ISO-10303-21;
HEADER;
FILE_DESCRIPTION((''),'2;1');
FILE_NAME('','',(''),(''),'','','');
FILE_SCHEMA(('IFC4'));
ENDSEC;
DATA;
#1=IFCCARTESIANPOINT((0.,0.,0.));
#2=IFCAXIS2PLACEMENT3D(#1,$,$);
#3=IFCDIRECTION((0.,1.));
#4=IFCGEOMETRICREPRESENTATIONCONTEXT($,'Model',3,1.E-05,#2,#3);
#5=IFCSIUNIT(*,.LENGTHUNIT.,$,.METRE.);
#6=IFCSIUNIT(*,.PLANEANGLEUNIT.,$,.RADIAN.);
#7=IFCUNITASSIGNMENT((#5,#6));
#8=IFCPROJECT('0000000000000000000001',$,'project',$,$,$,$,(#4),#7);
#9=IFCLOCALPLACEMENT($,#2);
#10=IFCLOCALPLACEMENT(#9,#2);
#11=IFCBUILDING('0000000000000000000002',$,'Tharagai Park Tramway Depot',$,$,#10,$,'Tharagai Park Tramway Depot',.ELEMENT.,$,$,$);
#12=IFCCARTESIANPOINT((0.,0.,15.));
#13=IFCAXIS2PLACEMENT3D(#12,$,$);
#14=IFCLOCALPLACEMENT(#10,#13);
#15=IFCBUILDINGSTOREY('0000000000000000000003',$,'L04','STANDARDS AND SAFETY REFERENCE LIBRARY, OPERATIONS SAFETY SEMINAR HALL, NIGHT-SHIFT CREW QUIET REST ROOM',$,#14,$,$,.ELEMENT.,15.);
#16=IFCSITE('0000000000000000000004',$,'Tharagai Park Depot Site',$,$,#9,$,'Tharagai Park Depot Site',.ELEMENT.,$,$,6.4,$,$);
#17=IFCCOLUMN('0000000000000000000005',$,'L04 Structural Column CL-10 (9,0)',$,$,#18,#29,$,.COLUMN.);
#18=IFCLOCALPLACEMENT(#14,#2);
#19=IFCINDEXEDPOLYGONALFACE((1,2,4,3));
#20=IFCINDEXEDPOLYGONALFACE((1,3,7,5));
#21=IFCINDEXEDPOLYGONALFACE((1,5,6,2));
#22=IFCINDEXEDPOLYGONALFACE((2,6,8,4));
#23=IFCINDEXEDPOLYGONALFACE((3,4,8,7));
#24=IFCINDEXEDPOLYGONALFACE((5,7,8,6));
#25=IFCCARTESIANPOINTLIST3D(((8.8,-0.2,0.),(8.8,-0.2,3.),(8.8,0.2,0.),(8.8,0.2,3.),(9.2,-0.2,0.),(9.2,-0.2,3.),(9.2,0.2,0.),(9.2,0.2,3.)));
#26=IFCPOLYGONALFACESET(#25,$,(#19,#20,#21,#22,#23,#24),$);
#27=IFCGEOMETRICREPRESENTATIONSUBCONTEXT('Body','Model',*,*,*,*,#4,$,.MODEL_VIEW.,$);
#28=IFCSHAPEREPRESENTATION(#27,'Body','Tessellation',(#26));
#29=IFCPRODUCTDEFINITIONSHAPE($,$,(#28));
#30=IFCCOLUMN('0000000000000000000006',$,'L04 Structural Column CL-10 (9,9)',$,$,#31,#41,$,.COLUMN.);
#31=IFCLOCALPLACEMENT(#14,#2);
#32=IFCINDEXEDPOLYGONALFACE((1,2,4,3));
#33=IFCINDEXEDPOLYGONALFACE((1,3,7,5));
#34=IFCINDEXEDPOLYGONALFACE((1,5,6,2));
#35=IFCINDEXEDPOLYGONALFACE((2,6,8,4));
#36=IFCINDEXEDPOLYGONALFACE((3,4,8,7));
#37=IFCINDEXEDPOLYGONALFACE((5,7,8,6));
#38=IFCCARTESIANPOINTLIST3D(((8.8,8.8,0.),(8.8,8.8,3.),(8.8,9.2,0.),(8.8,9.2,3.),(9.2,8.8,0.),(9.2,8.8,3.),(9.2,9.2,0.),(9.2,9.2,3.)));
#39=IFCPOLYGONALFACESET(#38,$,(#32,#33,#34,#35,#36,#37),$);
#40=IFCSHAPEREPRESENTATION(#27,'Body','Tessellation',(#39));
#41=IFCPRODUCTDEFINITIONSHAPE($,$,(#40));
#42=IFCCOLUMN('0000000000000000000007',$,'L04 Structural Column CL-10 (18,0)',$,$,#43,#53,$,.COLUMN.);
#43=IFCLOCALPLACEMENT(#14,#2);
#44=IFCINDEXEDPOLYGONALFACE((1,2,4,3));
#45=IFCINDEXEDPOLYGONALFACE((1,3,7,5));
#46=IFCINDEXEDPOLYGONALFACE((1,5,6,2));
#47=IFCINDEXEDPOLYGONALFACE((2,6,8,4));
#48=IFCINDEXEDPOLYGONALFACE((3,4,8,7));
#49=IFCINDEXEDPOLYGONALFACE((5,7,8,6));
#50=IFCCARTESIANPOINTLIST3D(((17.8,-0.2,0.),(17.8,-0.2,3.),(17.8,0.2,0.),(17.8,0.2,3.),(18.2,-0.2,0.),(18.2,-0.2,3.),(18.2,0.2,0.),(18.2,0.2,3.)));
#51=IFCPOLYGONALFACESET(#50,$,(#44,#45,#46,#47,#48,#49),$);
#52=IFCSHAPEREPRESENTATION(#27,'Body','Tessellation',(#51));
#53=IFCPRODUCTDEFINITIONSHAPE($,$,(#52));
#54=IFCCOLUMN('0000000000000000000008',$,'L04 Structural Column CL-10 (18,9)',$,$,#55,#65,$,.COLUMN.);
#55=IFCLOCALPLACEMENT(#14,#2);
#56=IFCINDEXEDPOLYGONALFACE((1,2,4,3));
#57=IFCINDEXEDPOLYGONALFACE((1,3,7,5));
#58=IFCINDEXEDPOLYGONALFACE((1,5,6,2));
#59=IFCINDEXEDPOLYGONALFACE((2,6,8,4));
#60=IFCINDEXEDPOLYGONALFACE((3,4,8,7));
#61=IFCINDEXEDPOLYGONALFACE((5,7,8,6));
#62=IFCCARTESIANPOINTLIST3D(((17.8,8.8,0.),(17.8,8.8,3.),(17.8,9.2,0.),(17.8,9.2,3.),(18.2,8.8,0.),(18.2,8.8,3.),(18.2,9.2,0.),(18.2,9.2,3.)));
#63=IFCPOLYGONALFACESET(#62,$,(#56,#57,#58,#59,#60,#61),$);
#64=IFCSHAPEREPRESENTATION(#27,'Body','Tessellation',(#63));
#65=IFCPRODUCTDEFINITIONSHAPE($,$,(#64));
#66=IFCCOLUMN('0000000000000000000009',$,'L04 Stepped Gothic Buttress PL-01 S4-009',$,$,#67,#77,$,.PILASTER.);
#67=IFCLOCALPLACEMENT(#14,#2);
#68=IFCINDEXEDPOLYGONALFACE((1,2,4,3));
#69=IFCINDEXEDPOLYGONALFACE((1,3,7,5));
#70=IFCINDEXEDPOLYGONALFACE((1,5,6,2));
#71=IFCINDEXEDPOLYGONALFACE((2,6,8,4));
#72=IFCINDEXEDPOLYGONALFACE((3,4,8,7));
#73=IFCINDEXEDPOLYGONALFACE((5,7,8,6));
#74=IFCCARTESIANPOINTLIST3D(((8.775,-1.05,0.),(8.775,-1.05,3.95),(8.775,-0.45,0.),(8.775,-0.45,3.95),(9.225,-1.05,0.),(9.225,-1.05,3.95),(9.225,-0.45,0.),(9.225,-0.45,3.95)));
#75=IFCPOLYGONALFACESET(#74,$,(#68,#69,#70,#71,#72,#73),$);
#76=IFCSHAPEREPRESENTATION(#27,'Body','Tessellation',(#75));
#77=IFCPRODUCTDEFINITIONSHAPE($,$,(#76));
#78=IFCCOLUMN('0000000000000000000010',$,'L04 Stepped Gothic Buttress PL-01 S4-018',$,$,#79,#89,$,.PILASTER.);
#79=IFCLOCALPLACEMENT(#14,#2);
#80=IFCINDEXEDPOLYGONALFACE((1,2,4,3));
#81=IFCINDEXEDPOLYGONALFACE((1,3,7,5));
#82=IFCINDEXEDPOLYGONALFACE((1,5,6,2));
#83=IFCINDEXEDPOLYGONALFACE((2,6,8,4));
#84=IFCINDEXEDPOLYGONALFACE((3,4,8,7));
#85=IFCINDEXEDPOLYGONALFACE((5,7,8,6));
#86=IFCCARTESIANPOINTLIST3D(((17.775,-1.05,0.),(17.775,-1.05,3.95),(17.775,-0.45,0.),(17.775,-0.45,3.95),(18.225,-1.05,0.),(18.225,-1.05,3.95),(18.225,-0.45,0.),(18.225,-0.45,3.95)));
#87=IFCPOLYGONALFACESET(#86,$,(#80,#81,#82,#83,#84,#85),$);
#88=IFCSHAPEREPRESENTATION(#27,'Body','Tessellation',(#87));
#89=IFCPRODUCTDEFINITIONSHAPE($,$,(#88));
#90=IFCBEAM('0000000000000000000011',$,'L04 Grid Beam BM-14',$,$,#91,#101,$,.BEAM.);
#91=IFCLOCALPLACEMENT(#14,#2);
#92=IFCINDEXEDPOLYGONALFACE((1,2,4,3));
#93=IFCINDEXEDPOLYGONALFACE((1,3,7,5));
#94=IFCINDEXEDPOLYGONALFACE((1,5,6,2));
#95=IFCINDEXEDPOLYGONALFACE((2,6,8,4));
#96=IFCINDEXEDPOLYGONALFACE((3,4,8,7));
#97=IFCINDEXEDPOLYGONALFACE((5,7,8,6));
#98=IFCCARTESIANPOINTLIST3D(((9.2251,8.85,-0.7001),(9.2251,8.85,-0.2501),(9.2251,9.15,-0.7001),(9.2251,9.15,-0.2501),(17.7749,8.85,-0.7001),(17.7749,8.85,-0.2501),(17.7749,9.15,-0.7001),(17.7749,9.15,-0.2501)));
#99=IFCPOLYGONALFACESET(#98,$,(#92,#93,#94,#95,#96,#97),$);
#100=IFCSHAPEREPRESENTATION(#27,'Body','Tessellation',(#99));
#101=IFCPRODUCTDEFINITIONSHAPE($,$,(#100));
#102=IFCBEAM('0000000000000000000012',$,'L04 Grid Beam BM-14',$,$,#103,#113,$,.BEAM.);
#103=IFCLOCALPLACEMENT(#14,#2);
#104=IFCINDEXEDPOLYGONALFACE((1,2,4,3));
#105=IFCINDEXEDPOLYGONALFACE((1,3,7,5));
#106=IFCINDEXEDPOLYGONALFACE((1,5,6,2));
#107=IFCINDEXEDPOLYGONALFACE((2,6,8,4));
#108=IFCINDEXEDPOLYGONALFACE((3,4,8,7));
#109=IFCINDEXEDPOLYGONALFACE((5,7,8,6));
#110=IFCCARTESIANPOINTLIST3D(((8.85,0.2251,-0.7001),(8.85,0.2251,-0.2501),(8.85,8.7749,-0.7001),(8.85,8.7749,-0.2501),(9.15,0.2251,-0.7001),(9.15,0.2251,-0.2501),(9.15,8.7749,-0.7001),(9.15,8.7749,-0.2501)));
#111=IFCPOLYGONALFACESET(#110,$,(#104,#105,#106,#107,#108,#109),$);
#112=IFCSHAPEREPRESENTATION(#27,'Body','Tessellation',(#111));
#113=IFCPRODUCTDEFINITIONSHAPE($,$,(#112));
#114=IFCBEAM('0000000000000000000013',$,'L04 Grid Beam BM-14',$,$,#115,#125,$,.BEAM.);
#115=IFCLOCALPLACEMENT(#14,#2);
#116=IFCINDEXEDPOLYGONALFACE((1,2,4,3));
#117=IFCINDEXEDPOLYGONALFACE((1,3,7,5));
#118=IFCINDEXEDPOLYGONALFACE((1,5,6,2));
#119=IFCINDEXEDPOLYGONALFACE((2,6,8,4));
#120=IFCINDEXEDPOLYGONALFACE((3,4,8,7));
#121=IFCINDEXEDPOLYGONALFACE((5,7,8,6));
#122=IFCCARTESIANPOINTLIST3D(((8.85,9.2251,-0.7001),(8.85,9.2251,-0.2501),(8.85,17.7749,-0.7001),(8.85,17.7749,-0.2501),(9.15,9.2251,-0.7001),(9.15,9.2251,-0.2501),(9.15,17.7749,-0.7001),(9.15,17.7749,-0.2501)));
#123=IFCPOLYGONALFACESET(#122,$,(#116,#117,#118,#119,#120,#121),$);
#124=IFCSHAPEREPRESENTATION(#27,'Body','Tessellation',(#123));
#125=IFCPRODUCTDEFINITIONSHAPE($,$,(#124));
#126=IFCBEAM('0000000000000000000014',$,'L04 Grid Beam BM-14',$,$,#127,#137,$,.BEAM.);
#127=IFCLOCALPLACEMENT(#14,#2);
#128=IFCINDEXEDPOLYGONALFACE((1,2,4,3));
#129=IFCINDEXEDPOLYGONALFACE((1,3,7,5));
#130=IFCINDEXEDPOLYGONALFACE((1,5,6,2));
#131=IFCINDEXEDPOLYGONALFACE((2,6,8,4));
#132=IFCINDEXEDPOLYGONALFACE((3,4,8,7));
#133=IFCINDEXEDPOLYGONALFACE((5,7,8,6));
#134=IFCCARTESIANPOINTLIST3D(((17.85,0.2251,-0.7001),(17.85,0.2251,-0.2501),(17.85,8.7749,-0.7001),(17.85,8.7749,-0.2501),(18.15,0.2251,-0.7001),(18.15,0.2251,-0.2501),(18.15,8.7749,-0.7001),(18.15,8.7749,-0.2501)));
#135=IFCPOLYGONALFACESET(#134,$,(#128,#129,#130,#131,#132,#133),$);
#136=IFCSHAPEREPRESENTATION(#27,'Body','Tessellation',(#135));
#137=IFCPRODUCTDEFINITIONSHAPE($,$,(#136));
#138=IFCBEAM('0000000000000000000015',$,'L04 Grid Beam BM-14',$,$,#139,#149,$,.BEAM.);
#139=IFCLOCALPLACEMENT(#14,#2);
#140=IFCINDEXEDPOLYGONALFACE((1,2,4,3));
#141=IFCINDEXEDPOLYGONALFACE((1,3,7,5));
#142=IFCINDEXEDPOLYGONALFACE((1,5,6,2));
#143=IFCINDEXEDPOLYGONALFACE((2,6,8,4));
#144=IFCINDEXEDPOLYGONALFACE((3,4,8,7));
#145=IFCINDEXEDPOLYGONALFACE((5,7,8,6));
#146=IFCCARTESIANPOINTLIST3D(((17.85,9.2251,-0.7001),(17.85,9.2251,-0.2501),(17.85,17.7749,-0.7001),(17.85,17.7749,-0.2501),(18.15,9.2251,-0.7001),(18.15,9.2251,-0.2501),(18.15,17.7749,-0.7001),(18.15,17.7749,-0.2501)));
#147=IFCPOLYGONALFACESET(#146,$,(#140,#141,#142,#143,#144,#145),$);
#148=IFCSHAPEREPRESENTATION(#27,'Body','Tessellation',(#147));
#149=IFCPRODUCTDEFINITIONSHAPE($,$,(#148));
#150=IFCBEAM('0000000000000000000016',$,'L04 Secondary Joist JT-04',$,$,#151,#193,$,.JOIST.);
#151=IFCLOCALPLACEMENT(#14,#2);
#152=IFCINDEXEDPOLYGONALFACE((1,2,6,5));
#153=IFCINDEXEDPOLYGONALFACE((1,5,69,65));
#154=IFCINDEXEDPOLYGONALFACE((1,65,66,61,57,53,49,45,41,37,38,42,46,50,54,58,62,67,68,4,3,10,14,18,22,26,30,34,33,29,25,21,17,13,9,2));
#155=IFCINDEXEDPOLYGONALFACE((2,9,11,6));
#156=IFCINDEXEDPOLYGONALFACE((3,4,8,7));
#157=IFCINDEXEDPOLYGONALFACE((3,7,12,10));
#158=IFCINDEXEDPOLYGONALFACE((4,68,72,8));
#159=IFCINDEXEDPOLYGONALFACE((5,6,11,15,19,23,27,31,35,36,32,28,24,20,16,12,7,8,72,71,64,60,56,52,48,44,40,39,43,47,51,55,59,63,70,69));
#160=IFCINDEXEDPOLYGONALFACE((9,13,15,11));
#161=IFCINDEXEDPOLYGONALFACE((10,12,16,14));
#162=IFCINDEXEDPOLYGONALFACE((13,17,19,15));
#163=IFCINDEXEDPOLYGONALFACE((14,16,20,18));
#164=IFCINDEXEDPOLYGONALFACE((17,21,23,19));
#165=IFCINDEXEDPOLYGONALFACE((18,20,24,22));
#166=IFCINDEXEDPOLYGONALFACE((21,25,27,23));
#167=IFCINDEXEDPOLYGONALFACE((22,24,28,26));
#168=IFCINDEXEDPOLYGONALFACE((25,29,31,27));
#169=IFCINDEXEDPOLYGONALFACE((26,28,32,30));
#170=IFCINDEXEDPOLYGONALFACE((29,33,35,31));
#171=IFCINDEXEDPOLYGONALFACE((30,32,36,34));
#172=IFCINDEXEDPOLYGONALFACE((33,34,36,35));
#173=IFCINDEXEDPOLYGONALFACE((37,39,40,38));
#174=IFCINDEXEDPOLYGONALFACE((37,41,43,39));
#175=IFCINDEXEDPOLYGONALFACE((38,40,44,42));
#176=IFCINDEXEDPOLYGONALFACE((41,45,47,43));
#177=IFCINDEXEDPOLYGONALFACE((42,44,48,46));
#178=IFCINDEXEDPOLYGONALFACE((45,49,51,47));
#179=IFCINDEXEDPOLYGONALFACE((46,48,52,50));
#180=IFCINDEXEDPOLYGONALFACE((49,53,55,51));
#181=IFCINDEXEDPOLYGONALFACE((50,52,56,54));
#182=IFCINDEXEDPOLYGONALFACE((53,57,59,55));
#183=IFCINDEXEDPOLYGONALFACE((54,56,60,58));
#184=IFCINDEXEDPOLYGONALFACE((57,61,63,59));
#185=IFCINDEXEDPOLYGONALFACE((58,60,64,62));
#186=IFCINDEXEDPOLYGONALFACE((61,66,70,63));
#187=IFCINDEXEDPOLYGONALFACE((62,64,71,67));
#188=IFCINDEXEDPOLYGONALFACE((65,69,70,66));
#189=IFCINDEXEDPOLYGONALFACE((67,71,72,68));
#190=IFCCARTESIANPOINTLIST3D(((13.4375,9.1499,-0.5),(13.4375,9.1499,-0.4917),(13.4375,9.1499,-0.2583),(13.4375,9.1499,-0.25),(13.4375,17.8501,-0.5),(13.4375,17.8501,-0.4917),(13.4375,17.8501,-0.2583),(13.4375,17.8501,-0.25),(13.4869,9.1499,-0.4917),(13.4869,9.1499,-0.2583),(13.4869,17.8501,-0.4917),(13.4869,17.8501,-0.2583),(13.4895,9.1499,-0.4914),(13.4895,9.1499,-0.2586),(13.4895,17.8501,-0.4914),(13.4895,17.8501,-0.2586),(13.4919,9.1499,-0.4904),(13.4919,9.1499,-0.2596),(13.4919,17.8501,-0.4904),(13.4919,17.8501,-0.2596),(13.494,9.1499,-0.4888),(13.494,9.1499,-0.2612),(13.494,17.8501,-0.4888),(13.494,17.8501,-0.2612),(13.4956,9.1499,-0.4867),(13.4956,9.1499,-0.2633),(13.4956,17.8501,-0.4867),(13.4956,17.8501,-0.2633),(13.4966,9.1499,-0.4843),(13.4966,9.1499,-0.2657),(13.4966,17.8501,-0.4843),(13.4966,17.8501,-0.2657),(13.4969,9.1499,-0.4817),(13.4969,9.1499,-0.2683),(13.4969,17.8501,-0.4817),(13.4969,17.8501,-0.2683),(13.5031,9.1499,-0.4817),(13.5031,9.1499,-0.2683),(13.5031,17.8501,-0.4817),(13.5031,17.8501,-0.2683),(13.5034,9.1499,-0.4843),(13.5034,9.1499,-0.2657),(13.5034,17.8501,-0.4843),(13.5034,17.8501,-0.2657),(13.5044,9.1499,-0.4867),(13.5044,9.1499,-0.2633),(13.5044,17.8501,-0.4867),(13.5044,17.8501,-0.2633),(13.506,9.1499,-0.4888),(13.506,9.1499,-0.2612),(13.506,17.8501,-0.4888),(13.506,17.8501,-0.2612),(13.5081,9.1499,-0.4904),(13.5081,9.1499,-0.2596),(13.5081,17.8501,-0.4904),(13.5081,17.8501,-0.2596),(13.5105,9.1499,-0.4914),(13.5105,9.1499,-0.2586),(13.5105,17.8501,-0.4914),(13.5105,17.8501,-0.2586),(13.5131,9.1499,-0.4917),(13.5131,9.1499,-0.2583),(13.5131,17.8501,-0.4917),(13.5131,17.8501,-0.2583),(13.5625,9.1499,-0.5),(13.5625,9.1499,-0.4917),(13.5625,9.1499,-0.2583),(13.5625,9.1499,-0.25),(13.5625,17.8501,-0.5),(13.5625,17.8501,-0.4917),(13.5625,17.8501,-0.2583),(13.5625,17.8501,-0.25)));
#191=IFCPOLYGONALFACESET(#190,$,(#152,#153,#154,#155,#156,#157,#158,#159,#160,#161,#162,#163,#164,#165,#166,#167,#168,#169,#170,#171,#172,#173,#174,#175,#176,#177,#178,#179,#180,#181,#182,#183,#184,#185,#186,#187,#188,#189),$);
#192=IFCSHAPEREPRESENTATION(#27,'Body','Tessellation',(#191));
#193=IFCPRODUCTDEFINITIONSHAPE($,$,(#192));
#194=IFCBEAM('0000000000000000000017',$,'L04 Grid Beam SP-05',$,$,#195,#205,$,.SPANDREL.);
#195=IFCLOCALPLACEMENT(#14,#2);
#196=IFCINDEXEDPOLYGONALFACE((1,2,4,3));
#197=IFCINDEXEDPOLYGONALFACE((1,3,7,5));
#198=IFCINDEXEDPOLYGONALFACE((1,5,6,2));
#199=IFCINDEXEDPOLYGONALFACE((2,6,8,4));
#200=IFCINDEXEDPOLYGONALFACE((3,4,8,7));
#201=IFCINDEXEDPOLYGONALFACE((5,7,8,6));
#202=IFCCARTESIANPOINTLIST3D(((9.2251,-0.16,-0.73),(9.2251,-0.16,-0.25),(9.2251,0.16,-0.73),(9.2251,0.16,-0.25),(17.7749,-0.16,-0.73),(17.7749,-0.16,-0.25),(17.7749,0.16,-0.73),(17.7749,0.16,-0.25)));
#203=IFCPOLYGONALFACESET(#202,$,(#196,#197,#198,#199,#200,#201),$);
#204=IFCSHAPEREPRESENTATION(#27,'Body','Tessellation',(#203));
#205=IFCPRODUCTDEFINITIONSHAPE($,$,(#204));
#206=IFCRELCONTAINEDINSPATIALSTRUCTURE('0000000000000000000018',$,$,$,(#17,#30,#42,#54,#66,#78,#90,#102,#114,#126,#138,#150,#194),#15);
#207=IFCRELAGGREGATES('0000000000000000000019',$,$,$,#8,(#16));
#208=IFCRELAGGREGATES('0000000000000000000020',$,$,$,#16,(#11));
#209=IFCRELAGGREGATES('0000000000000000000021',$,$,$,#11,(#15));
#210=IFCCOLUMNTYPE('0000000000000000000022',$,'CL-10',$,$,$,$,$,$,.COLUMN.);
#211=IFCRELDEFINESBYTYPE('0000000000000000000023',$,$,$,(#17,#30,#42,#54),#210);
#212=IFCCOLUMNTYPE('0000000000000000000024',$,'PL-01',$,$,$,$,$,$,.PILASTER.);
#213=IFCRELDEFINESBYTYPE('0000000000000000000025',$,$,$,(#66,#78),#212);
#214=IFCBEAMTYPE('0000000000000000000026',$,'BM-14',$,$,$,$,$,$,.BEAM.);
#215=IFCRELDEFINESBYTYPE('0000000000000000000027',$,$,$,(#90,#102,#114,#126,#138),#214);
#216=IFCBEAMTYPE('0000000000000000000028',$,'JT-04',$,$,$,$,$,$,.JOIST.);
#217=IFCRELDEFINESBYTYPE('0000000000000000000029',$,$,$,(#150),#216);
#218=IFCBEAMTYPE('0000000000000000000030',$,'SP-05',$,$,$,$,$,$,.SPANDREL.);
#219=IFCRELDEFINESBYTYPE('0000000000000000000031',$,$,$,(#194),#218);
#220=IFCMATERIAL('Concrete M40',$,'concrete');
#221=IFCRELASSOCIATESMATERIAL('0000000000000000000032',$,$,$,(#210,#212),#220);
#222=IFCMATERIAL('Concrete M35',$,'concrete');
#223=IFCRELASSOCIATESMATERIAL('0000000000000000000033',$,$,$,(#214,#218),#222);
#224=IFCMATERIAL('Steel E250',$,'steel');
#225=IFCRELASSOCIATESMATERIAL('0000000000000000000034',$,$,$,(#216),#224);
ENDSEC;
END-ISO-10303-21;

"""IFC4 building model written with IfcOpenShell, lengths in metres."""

from ifc_helpers import new_model, si_unit, direction, frame, origin, origin_2d, place, context, subcontext, project, spatial, rectangle, i_section, extrude, material, material_profile, profile_set, type_object, element, save


model = new_model("IFC4")

# Units and contexts
model_context = context("Model", 3, precision=1e-05, world=origin(), true_north=direction((0.0, 1.0)))
body_context = subcontext(model_context, "Body", "Model", "MODEL_VIEW")
ifc_project = project(units=[si_unit("LENGTHUNIT", "METRE"), si_unit("PLANEANGLEUNIT", "RADIAN")], contexts=[model_context])

# Site, building, storey
site_placement = place(None, origin())
site = spatial("IfcSite", under=ifc_project, at=site_placement, Name="Tharagai Park Depot Site", LongName="Tharagai Park Depot Site", CompositionType="ELEMENT", RefElevation=6.4)
building_placement = place(site_placement, origin())
building = spatial("IfcBuilding", under=site, at=building_placement, Name="Tharagai Park Tramway Depot", LongName="Tharagai Park Tramway Depot", CompositionType="ELEMENT")
storey_placement = place(building_placement, frame((0.0, 0.0, 15.0)))
storey = spatial("IfcBuildingStorey", under=building, at=storey_placement, Name="L04", Description="STANDARDS AND SAFETY REFERENCE LIBRARY, OPERATIONS SAFETY SEMINAR HALL, NIGHT-SHIFT CREW QUIET REST ROOM", CompositionType="ELEMENT", Elevation=15.0)

# Columns
ifc_material_1 = material(Name="Concrete M40", Category="concrete")
ifc_material_profile_1 = material_profile(ifc_material_1, rectangle(XDim=0.3999, YDim=0.3999, at=origin_2d()), Name="RC 400x400")
ifc_profile_set_1 = profile_set([ifc_material_profile_1], Name="Concrete M40")
column_type_1 = type_object("IfcColumnType", Name="CL-10", PredefinedType="COLUMN", material=ifc_profile_set_1)
for number, where, z_axis, x_axis, name in (
    (1, (9.0, 0.0, 0.0), (0.0, 0.0, 1.0), (1.0, 0.0, 0.0), "L04 Structural Column CL-10 (9,0)"),
    (2, (9.0, 9.0, 0.0), (0.0, 0.0, 1.0), (1.0, 0.0, 0.0), "L04 Structural Column CL-10 (9,9)"),
    (3, (18.0, 0.0, 0.0), (0.0, 0.0, 1.0), (1.0, 0.0, 0.0), "L04 Structural Column CL-10 (18,0)"),
    (4, (18.0, 9.0, 0.0), (0.0, 0.0, 1.0), (1.0, 0.0, 0.0), "L04 Structural Column CL-10 (18,9)"),
):
    element("IfcColumn", number, at=place(storey_placement, frame(where, z_axis=z_axis, x_axis=x_axis)), inside=storey, type_object=column_type_1, Name=name, PredefinedType="COLUMN", context=body_context, shape_type="SweptSolid", body=[
        extrude(rectangle(XDim=0.3999, YDim=0.3999, at=origin_2d()), origin(), (0.0, 0.0, 1.0), 3.0),
    ])
ifc_material_profile_2 = material_profile(ifc_material_1, rectangle(XDim=0.45, YDim=0.6001, at=origin_2d()), Name="RC 450x600")
ifc_profile_set_2 = profile_set([ifc_material_profile_2], Name="Concrete M40")
column_type_2 = type_object("IfcColumnType", Name="PL-01", PredefinedType="PILASTER", material=ifc_profile_set_2)
for number, where, z_axis, x_axis, name in (
    (5, (9.0, -0.75, 0.0), (0.0, 0.0, 1.0), (1.0, 0.0, 0.0), "L04 Stepped Gothic Buttress PL-01 S4-009"),
    (6, (18.0, -0.75, 0.0), (0.0, 0.0, 1.0), (1.0, 0.0, 0.0), "L04 Stepped Gothic Buttress PL-01 S4-018"),
):
    element("IfcColumn", number, at=place(storey_placement, frame(where, z_axis=z_axis, x_axis=x_axis)), inside=storey, type_object=column_type_2, Name=name, PredefinedType="PILASTER", context=body_context, shape_type="SweptSolid", body=[
        extrude(rectangle(XDim=0.45, YDim=0.6001, at=origin_2d()), origin(), (0.0, 0.0, 1.0), 3.95),
    ])

# Beams
ifc_material_2 = material(Name="Concrete M35", Category="concrete")
ifc_material_profile_3 = material_profile(ifc_material_2, rectangle(XDim=0.3, YDim=0.45, at=origin_2d()), Name="RC 300x450")
ifc_profile_set_3 = profile_set([ifc_material_profile_3], Name="Concrete M35")
beam_type_1 = type_object("IfcBeamType", Name="BM-14", PredefinedType="BEAM", material=ifc_profile_set_3)
for number, where, z_axis, x_axis, name in (
    (7, (9.2251, 9.0, -0.4751), (1.0, 0.0, 0.0), (0.0, 1.0, 0.0), "L04 Grid Beam BM-14"),
    (8, (9.0, 0.2251, -0.4751), (0.0, 1.0, 0.0), (-1.0, 0.0, 0.0), "L04 Grid Beam BM-14"),
    (9, (9.0, 9.2251, -0.4751), (0.0, 1.0, 0.0), (-1.0, 0.0, 0.0), "L04 Grid Beam BM-14"),
    (10, (18.0, 0.2251, -0.4751), (0.0, 1.0, 0.0), (-1.0, 0.0, 0.0), "L04 Grid Beam BM-14"),
    (11, (18.0, 9.2251, -0.4751), (0.0, 1.0, 0.0), (-1.0, 0.0, 0.0), "L04 Grid Beam BM-14"),
):
    element("IfcBeam", number, at=place(storey_placement, frame(where, z_axis=z_axis, x_axis=x_axis)), inside=storey, type_object=beam_type_1, Name=name, PredefinedType="BEAM", context=body_context, shape_type="SweptSolid", body=[
        extrude(rectangle(XDim=0.3, YDim=0.45, at=origin_2d()), origin(), (0.0, 0.0, 1.0), 8.5498),
    ])
ifc_material_3 = material(Name="Steel E250", Category="steel")
ifc_material_profile_4 = material_profile(ifc_material_3, i_section(OverallWidth=0.125, OverallDepth=0.25, WebThickness=0.0061, FlangeThickness=0.0083, FilletRadius=0.01, at=origin_2d()), Name="ISLB 250")
ifc_profile_set_4 = profile_set([ifc_material_profile_4], Name="Steel E250")
beam_type_2 = type_object("IfcBeamType", Name="JT-04", PredefinedType="JOIST", material=ifc_profile_set_4)
beam_1_placement = place(storey_placement, frame((13.5, 9.1499, -0.375), z_axis=(0.0, 1.0, 0.0), x_axis=(-1.0, 0.0, 0.0)))
element("IfcBeam", 12, at=beam_1_placement, inside=storey, type_object=beam_type_2, Name="L04 Secondary Joist JT-04", PredefinedType="JOIST", context=body_context, shape_type="SweptSolid", body=[
    extrude(i_section(OverallWidth=0.125, OverallDepth=0.25, WebThickness=0.0061, FlangeThickness=0.0083, FilletRadius=0.01, at=origin_2d()), origin(), (0.0, 0.0, 1.0), 8.7002),
])
ifc_material_profile_5 = material_profile(ifc_material_2, rectangle(XDim=0.3201, YDim=0.48, at=origin_2d()), Name="RC 320x480")
ifc_profile_set_5 = profile_set([ifc_material_profile_5], Name="Concrete M35")
beam_type_3 = type_object("IfcBeamType", Name="SP-05", PredefinedType="SPANDREL", material=ifc_profile_set_5)
beam_2_placement = place(storey_placement, frame((9.2251, 0.0, -0.49), z_axis=(1.0, 0.0, 0.0), x_axis=(0.0, 1.0, 0.0)))
element("IfcBeam", 13, at=beam_2_placement, inside=storey, type_object=beam_type_3, Name="L04 Grid Beam SP-05", PredefinedType="SPANDREL", context=body_context, shape_type="SweptSolid", body=[
    extrude(rectangle(XDim=0.3201, YDim=0.48, at=origin_2d()), origin(), (0.0, 0.0, 1.0), 8.5498),
])

save(model, "model.ifc")
